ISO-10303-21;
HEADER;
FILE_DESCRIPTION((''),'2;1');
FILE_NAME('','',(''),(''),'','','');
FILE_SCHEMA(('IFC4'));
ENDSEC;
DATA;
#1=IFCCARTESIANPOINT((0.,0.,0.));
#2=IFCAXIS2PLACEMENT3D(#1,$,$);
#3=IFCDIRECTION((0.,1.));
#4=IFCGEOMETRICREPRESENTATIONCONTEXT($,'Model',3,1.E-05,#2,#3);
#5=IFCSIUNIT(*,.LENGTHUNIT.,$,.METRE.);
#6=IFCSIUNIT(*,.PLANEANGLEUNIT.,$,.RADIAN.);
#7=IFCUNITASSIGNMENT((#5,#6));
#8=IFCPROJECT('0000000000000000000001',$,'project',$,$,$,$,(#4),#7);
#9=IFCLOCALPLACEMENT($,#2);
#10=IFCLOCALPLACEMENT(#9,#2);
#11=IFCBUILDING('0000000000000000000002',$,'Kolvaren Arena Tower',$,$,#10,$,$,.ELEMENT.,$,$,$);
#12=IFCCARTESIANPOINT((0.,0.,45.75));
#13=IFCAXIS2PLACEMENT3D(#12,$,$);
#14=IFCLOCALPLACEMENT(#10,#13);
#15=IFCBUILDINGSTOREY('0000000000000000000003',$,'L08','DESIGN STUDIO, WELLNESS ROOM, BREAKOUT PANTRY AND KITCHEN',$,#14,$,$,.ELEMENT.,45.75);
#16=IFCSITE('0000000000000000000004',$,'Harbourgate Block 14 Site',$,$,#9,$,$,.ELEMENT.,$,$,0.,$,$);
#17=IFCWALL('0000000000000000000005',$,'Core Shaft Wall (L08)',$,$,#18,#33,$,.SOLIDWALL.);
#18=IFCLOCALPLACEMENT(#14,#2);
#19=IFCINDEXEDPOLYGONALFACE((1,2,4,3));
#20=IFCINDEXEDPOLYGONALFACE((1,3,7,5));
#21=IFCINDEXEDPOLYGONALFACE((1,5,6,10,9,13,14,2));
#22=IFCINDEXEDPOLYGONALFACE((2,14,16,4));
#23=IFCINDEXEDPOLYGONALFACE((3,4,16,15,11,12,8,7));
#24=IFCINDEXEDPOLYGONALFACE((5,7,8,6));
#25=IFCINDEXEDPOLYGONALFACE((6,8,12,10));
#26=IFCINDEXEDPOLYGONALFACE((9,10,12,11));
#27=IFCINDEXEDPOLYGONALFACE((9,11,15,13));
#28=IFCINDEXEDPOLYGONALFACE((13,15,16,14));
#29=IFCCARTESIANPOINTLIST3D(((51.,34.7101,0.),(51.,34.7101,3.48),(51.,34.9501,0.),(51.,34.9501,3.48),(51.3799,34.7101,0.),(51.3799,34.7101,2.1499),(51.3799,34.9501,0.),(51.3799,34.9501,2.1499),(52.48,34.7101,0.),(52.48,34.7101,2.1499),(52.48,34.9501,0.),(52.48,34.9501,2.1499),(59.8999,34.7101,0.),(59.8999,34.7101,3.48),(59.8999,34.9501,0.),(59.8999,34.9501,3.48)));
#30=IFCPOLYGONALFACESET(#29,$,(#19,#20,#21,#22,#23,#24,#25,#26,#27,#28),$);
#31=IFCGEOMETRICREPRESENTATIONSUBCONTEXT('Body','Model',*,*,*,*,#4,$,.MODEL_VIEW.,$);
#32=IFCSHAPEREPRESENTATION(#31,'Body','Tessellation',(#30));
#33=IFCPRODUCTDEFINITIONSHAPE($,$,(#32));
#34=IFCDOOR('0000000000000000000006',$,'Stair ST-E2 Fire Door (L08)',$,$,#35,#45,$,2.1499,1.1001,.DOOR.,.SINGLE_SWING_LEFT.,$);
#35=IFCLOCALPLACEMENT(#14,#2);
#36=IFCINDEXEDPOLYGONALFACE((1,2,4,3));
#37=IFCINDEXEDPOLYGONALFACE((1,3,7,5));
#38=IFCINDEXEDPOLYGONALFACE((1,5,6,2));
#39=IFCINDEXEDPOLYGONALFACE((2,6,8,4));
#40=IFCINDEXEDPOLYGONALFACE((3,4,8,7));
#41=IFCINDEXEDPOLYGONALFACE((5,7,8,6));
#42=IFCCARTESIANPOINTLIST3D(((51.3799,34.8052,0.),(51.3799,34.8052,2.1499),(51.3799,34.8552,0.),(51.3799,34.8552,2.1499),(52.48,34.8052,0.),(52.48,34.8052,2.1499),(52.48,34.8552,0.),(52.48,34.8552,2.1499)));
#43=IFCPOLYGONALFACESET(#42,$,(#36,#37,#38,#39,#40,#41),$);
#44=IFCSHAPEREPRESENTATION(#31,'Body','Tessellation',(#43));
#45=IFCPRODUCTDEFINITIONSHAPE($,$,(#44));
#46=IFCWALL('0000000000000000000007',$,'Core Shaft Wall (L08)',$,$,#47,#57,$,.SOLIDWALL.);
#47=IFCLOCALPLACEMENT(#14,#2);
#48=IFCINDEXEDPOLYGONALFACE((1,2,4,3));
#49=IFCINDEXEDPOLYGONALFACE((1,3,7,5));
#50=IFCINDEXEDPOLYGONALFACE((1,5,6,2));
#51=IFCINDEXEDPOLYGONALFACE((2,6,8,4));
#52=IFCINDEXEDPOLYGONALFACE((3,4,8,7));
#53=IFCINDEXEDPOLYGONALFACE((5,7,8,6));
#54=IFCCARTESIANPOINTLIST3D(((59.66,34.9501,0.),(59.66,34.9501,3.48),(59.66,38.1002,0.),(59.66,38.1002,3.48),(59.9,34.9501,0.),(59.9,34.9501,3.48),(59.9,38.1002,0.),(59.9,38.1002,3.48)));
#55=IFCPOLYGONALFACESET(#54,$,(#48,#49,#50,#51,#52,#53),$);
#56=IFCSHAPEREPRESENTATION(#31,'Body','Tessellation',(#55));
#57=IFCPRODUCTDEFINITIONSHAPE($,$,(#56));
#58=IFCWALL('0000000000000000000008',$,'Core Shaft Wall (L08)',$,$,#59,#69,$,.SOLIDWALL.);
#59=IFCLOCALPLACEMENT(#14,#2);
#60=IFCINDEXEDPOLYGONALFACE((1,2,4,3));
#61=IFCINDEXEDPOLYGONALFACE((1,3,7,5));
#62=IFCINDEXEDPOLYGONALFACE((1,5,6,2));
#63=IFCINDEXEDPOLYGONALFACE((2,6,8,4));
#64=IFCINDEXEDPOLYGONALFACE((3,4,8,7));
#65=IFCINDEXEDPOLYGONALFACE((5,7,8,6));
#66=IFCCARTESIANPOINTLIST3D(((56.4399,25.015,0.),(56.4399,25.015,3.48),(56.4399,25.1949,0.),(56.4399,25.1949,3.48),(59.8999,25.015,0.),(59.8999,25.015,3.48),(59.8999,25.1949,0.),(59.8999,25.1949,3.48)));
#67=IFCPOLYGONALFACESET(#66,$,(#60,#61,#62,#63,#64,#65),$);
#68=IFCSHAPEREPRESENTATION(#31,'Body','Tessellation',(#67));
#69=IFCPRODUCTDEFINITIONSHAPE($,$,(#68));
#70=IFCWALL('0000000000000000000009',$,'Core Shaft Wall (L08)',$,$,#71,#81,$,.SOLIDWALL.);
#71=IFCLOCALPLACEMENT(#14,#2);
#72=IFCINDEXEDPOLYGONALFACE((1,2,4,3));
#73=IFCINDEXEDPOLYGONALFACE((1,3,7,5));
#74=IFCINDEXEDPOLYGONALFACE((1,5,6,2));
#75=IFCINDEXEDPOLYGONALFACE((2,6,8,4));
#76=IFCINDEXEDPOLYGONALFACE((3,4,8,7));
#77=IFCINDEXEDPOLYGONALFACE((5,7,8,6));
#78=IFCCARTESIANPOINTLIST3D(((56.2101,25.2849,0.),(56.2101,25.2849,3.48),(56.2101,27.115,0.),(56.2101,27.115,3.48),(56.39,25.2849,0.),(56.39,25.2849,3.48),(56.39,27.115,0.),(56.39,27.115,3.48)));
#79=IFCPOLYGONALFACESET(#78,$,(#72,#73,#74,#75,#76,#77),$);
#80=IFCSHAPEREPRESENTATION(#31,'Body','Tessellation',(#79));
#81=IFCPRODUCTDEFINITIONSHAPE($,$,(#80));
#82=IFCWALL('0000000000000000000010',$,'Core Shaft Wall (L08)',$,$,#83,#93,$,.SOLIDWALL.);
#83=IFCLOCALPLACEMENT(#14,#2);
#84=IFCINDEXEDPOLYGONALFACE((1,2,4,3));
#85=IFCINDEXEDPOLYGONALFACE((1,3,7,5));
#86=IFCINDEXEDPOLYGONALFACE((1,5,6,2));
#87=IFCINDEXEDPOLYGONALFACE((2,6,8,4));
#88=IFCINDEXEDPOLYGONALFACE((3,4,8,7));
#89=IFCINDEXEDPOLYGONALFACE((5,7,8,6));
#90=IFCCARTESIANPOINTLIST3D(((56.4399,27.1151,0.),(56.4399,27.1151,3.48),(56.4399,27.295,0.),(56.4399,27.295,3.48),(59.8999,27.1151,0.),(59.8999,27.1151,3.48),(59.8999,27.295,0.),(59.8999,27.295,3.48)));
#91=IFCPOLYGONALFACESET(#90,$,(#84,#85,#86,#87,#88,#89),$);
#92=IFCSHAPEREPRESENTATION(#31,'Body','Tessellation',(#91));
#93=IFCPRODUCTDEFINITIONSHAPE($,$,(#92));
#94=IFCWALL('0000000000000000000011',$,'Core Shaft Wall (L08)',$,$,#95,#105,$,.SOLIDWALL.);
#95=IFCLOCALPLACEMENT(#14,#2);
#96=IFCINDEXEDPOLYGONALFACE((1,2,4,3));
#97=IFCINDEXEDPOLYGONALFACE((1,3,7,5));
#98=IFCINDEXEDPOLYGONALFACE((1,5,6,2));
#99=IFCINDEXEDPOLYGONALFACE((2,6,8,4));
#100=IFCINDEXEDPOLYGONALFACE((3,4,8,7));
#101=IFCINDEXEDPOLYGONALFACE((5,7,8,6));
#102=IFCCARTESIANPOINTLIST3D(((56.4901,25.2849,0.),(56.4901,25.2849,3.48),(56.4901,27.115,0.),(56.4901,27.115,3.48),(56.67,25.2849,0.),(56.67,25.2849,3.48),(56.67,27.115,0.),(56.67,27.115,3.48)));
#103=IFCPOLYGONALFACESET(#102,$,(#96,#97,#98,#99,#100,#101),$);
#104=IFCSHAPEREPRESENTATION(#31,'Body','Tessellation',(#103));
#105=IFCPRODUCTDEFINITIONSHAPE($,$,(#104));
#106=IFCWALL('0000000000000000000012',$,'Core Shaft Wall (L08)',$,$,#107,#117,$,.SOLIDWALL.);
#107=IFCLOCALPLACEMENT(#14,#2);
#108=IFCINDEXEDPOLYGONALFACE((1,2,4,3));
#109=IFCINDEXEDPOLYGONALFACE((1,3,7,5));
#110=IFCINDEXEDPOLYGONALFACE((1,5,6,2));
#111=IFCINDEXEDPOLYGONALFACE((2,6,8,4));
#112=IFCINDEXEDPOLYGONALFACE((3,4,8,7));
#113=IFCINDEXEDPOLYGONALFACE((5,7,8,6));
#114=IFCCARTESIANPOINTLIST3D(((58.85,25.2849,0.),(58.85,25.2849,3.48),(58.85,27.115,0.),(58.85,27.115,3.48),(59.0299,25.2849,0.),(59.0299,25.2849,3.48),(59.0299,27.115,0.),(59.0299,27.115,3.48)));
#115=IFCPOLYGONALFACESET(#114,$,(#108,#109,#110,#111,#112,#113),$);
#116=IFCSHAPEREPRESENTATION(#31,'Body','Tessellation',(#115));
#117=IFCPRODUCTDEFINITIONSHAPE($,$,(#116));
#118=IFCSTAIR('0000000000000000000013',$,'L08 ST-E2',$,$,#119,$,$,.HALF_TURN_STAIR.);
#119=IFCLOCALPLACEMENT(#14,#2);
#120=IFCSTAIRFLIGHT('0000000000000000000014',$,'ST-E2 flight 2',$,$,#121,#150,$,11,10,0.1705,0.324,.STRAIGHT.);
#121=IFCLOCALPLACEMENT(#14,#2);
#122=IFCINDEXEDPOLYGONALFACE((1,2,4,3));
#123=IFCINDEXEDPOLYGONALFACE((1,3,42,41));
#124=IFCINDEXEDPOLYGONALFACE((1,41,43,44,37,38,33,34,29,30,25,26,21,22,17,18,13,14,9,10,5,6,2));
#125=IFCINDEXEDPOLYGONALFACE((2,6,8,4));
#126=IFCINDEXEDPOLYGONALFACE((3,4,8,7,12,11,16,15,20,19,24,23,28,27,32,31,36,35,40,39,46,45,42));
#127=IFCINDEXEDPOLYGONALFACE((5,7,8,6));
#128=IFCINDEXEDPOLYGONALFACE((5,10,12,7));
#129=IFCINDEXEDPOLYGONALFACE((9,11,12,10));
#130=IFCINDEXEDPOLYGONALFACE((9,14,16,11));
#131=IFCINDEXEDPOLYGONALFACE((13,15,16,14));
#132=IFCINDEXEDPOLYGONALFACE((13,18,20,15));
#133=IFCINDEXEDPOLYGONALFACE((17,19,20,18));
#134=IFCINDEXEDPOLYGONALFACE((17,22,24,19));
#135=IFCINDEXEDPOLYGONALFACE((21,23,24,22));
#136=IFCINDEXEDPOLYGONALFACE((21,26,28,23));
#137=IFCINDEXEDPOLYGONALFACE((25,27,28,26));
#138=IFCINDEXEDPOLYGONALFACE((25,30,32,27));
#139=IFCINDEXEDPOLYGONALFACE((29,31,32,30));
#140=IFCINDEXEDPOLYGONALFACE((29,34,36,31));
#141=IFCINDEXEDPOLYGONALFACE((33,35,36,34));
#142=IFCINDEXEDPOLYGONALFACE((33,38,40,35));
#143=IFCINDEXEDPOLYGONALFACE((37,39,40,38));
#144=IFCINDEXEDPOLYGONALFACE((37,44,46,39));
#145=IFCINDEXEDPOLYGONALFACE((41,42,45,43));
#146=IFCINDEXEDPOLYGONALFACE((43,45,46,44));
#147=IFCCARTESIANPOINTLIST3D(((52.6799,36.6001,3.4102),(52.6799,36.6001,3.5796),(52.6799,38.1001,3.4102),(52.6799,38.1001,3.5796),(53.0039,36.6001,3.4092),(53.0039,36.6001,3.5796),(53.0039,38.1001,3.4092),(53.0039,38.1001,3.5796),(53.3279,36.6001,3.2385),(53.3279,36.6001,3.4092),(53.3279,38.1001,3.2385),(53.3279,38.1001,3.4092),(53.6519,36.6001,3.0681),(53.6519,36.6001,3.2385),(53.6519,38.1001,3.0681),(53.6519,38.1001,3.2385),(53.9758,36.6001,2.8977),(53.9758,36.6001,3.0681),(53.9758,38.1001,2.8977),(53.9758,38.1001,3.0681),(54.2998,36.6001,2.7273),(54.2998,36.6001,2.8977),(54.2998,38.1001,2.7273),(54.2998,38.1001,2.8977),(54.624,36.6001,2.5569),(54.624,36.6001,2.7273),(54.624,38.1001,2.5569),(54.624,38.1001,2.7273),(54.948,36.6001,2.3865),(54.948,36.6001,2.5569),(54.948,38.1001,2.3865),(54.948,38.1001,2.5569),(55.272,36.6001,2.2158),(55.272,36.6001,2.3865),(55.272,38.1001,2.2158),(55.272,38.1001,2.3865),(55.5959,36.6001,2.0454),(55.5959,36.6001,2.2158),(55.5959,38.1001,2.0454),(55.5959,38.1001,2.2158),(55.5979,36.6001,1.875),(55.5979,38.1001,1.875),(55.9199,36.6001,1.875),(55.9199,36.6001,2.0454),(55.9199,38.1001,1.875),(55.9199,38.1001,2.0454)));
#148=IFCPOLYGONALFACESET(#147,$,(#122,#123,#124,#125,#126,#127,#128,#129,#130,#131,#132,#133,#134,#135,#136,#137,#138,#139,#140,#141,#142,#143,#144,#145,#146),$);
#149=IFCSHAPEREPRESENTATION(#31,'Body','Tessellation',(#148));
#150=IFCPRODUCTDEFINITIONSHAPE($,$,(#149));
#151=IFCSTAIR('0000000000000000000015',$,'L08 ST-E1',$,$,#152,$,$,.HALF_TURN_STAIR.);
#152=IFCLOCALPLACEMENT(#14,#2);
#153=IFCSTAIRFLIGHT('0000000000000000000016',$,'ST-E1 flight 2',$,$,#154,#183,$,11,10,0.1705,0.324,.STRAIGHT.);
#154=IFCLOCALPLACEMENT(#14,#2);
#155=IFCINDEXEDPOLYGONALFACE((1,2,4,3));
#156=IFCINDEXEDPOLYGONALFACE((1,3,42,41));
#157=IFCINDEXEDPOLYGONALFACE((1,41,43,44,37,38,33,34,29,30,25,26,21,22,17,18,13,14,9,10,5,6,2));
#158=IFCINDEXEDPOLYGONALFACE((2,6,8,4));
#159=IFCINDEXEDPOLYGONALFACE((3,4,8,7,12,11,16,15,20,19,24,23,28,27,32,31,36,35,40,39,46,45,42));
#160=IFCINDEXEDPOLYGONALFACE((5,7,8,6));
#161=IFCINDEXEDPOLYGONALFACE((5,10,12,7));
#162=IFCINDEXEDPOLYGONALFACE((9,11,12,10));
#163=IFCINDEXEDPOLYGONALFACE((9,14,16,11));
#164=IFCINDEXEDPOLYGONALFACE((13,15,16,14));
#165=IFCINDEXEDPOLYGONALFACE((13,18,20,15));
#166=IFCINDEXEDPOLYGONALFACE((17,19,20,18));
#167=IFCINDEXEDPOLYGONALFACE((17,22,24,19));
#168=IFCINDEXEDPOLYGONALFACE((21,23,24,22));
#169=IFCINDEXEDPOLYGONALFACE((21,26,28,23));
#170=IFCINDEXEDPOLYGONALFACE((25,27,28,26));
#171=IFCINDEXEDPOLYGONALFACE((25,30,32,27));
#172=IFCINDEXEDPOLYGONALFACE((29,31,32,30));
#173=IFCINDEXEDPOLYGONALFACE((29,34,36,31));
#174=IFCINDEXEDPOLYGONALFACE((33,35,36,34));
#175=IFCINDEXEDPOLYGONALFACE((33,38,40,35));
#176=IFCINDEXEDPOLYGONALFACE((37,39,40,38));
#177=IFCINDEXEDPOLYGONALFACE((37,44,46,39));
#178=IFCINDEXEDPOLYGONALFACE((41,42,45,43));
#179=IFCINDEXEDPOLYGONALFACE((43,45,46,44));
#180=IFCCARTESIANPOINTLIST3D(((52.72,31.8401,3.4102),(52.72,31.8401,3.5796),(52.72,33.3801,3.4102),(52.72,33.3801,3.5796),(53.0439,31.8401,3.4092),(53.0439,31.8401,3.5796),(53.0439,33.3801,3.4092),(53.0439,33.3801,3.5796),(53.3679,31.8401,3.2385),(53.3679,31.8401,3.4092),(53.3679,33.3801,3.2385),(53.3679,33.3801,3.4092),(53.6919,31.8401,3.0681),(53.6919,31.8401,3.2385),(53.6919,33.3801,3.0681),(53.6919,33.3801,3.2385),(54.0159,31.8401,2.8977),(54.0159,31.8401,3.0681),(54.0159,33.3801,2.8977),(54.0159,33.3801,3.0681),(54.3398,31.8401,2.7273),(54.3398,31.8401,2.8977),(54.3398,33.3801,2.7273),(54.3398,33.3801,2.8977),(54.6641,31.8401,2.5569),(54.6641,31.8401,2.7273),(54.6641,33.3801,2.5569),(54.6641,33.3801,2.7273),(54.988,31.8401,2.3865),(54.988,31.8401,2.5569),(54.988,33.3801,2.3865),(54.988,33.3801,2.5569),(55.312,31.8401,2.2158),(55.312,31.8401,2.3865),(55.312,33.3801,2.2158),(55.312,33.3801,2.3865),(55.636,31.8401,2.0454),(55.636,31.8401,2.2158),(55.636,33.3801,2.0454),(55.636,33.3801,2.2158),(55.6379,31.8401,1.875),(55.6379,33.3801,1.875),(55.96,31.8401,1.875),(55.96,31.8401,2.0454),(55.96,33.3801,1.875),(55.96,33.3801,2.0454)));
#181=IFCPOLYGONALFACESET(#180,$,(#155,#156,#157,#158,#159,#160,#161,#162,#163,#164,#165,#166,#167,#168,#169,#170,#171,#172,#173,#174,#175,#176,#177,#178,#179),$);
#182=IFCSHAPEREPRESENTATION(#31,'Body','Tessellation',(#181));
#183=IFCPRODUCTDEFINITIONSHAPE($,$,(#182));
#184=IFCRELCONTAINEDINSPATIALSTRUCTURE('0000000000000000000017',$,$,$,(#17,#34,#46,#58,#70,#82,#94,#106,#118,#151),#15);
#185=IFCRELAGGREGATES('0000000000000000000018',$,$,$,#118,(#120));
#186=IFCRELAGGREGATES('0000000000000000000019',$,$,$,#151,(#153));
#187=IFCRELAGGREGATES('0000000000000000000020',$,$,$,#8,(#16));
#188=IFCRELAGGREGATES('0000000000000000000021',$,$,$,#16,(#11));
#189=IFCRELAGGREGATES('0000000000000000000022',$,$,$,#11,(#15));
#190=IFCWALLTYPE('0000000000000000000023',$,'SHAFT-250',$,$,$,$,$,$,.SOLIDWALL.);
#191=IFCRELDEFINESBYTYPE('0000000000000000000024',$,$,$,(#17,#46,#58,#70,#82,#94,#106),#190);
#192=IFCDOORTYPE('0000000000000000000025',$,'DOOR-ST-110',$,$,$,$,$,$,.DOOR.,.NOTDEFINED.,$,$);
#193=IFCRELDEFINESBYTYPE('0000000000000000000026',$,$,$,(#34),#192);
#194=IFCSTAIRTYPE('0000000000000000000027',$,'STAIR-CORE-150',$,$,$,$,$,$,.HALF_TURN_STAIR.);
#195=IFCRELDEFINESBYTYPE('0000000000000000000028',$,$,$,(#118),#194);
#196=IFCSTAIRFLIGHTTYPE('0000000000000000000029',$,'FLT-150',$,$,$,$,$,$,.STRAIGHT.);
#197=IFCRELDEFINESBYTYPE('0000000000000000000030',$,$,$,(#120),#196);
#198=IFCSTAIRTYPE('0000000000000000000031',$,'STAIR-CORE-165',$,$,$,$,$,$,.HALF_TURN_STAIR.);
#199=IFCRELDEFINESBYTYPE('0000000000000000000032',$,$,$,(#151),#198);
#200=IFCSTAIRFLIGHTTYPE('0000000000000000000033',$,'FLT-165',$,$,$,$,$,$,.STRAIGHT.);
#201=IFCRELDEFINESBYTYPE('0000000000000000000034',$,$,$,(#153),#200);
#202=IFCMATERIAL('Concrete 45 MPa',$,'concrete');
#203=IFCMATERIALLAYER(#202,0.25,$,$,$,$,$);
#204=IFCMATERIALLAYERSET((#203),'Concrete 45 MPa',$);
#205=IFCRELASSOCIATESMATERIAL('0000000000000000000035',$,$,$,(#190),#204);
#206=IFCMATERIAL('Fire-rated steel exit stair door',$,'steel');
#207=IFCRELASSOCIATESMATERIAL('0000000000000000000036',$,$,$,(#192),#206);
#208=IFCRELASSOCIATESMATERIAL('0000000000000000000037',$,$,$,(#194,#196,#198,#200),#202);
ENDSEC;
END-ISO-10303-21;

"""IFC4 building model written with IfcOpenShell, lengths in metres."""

from ifc_helpers import new_model, si_unit, direction, frame, frame_2d, origin, place, context, subcontext, project, spatial, polyline, rectangle, outline, extrude, material, layer, layer_set, type_object, element, fill, aggregate, save


model = new_model("IFC4")

# Units and contexts
model_context = context("Model", 3, precision=1e-05, world=origin(), true_north=direction((0.0, 1.0)))
body_context = subcontext(model_context, "Body", "Model", "MODEL_VIEW")
ifc_project = project(units=[si_unit("LENGTHUNIT", "METRE"), si_unit("PLANEANGLEUNIT", "RADIAN")], contexts=[model_context])

# Site, building, storey
site_placement = place(None, origin())
site = spatial("IfcSite", under=ifc_project, at=site_placement, Name="Harbourgate Block 14 Site", CompositionType="ELEMENT", RefElevation=0.0)
building_placement = place(site_placement, origin())
building = spatial("IfcBuilding", under=site, at=building_placement, Name="Kolvaren Arena Tower", CompositionType="ELEMENT")
storey_placement = place(building_placement, frame((0.0, 0.0, 45.75)))
storey = spatial("IfcBuildingStorey", under=building, at=storey_placement, Name="L08", Description="DESIGN STUDIO, WELLNESS ROOM, BREAKOUT PANTRY AND KITCHEN", CompositionType="ELEMENT", Elevation=45.75)

# Shared definitions
ifc_material_1 = material(Name="Concrete 45 MPa", Category="concrete")
ifc_layer = layer(ifc_material_1, 0.25)
ifc_layer_set = layer_set([ifc_layer], Name="Concrete 45 MPa")
wall_type = type_object("IfcWallType", Name="SHAFT-250", PredefinedType="SOLIDWALL", material=ifc_layer_set)
ifc_material_2 = material(Name="Fire-rated steel exit stair door", Category="steel")
door_type = type_object("IfcDoorType", Name="DOOR-ST-110", OperationType="NOTDEFINED", PredefinedType="DOOR", material=ifc_material_2)

# Wall, opening, door
wall_1_placement = place(storey_placement, frame((59.8999, 34.8301, 0.0), z_axis=(0.0, 0.0, 1.0), x_axis=(-1.0, 0.0, 0.0)))
wall_1 = element("IfcWall", 1, at=wall_1_placement, inside=storey, type_object=wall_type, Name="Core Shaft Wall (L08)", PredefinedType="SOLIDWALL", context=body_context, shape_type="SweptSolid", body=[
    extrude(rectangle(XDim=8.8999, YDim=0.24, at=frame_2d((4.45, 0.0))), origin(), (0.0, 0.0, 1.0), 3.48),
])
opening_1_placement = place(wall_1_placement, frame((7.4199, 0.0, 0.0)))
opening_1 = element("IfcOpeningElement", 2, at=opening_1_placement, cuts=wall_1, PredefinedType="OPENING", context=body_context, shape_type="SweptSolid", body=[
    extrude(rectangle(XDim=1.1001, YDim=2.1499, at=frame_2d((0.55, 1.075))), frame((0.0, 0.1299, 0.0), z_axis=(0.0, -1.0, 0.0), x_axis=(1.0, 0.0, 0.0)), (0.0, 0.0, 1.0), 0.26),
])
door_1_placement = place(opening_1_placement, origin())
door_1 = element("IfcDoor", 3, at=door_1_placement, inside=storey, type_object=door_type, Name="Stair ST-E2 Fire Door (L08)", OperationType="SINGLE_SWING_LEFT", OverallHeight=2.1499, OverallWidth=1.1001, PredefinedType="DOOR", context=body_context, shape_type="SweptSolid", body=[
    extrude(rectangle(XDim=1.1001, YDim=2.1499, at=frame_2d((0.55, 1.075))), frame((0.0, 0.0249, 0.0), z_axis=(0.0, -1.0, 0.0), x_axis=(1.0, 0.0, 0.0)), (0.0, 0.0, 1.0), 0.05),
])
fill(opening_1, door_1)

# Walls
wall_2_placement = place(storey_placement, frame((59.78, 34.95, 0.0), z_axis=(0.0, 0.0, 1.0), x_axis=(0.0, 1.0, 0.0)))
element("IfcWall", 4, at=wall_2_placement, inside=storey, type_object=wall_type, Name="Core Shaft Wall (L08)", PredefinedType="SOLIDWALL", context=body_context, shape_type="SweptSolid", body=[
    extrude(rectangle(XDim=3.1501, YDim=0.24, at=frame_2d((1.5752, 0.0))), origin(), (0.0, 0.0, 1.0), 3.48),
])
wall_3_placement = place(storey_placement, frame((56.4399, 25.105, 0.0), z_axis=(0.0, 0.0, 1.0), x_axis=(1.0, 0.0, 0.0)))
element("IfcWall", 5, at=wall_3_placement, inside=storey, type_object=wall_type, Name="Core Shaft Wall (L08)", PredefinedType="SOLIDWALL", context=body_context, shape_type="SweptSolid", body=[
    extrude(rectangle(XDim=3.46, YDim=0.1799, at=frame_2d((1.73, 0.0))), origin(), (0.0, 0.0, 1.0), 3.48),
])
wall_4_placement = place(storey_placement, frame((56.3, 25.2849, 0.0), z_axis=(0.0, 0.0, 1.0), x_axis=(0.0, 1.0, 0.0)))
element("IfcWall", 6, at=wall_4_placement, inside=storey, type_object=wall_type, Name="Core Shaft Wall (L08)", PredefinedType="SOLIDWALL", context=body_context, shape_type="SweptSolid", body=[
    extrude(rectangle(XDim=1.8301, YDim=0.1799, at=frame_2d((0.915, 0.0))), origin(), (0.0, 0.0, 1.0), 3.48),
])
wall_5_placement = place(storey_placement, frame((56.4399, 27.2051, 0.0), z_axis=(0.0, 0.0, 1.0), x_axis=(1.0, 0.0, 0.0)))
element("IfcWall", 7, at=wall_5_placement, inside=storey, type_object=wall_type, Name="Core Shaft Wall (L08)", PredefinedType="SOLIDWALL", context=body_context, shape_type="SweptSolid", body=[
    extrude(rectangle(XDim=3.46, YDim=0.1799, at=frame_2d((1.73, 0.0))), origin(), (0.0, 0.0, 1.0), 3.48),
])
for number, where, z_axis, x_axis, name in (
    (8, (56.5801, 25.2849, 0.0), (0.0, 0.0, 1.0), (0.0, 1.0, 0.0), "Core Shaft Wall (L08)"),
    (9, (58.9399, 25.2849, 0.0), (0.0, 0.0, 1.0), (0.0, 1.0, 0.0), "Core Shaft Wall (L08)"),
):
    element("IfcWall", number, at=place(storey_placement, frame(where, z_axis=z_axis, x_axis=x_axis)), inside=storey, type_object=wall_type, Name=name, PredefinedType="SOLIDWALL", context=body_context, shape_type="SweptSolid", body=[
        extrude(rectangle(XDim=1.8301, YDim=0.1799, at=frame_2d((0.915, 0.0))), origin(), (0.0, 0.0, 1.0), 3.48),
    ])

# Stairs, stair flights
stair_type_1 = type_object("IfcStairType", Name="STAIR-CORE-150", PredefinedType="HALF_TURN_STAIR", material=ifc_material_1)
stair_1_placement = place(storey_placement, origin())
stair_1 = element("IfcStair", 10, at=stair_1_placement, inside=storey, type_object=stair_type_1, Name="L08 ST-E2", PredefinedType="HALF_TURN_STAIR")
stair_flight_type_1 = type_object("IfcStairFlightType", Name="FLT-150", PredefinedType="STRAIGHT", material=ifc_material_1)
stair_flight_1_placement = place(storey_placement, frame((55.9199, 37.3501, 1.875), z_axis=(0.0, 0.0, 1.0), x_axis=(-1.0, 0.0, 0.0)))
stair_flight_1 = element("IfcStairFlight", 11, at=stair_flight_1_placement, type_object=stair_flight_type_1, Name="ST-E2 flight 2", NumberOfRisers=11, NumberOfTreads=10, PredefinedType="STRAIGHT", RiserHeight=0.1705, TreadLength=0.324, context=body_context, shape_type="SweptSolid", body=[
    extrude(outline(polyline([(0.0, 0.0), (0.0, 0.1704), (0.324, 0.1704), (0.324, 0.3408), (0.6479, 0.3408), (0.6479, 0.5115), (0.9719, 0.5115), (0.9719, 0.6819), (1.2959, 0.6819), (1.2959, 0.8523), (1.6201, 0.8523), (1.6201, 1.0227), (1.9441, 1.0227), (1.9441, 1.1931), (2.2681, 1.1931), (2.2681, 1.3635), (2.592, 1.3635), (2.592, 1.5342), (2.916, 1.5342), (2.916, 1.7046), (3.24, 1.7046), (3.24, 1.875), (3.24, 1.5352), (0.322, 0.0), (0.0, 0.0)])), frame((0.0, 0.75, 0.0), z_axis=(0.0, -1.0, 0.0), x_axis=(1.0, 0.0, 0.0)), (0.0, 0.0, 1.0), 1.5),
])
aggregate(stair_1, [stair_flight_1])
stair_type_2 = type_object("IfcStairType", Name="STAIR-CORE-165", PredefinedType="HALF_TURN_STAIR", material=ifc_material_1)
stair_2_placement = place(storey_placement, origin())
stair_2 = element("IfcStair", 12, at=stair_2_placement, inside=storey, type_object=stair_type_2, Name="L08 ST-E1", PredefinedType="HALF_TURN_STAIR")
stair_flight_type_2 = type_object("IfcStairFlightType", Name="FLT-165", PredefinedType="STRAIGHT", material=ifc_material_1)
stair_flight_2_placement = place(storey_placement, frame((55.96, 32.6101, 1.875), z_axis=(0.0, 0.0, 1.0), x_axis=(-1.0, 0.0, 0.0)))
stair_flight_2 = element("IfcStairFlight", 13, at=stair_flight_2_placement, type_object=stair_flight_type_2, Name="ST-E1 flight 2", NumberOfRisers=11, NumberOfTreads=10, PredefinedType="STRAIGHT", RiserHeight=0.1705, TreadLength=0.324, context=body_context, shape_type="SweptSolid", body=[
    extrude(outline(polyline([(0.0, 0.0), (0.0, 0.1704), (0.324, 0.1704), (0.324, 0.3408), (0.6479, 0.3408), (0.6479, 0.5115), (0.9719, 0.5115), (0.9719, 0.6819), (1.2959, 0.6819), (1.2959, 0.8523), (1.6201, 0.8523), (1.6201, 1.0227), (1.9441, 1.0227), (1.9441, 1.1931), (2.2681, 1.1931), (2.2681, 1.3635), (2.592, 1.3635), (2.592, 1.5342), (2.916, 1.5342), (2.916, 1.7046), (3.24, 1.7046), (3.24, 1.875), (3.24, 1.5352), (0.322, 0.0), (0.0, 0.0)])), frame((0.0, 0.77, 0.0), z_axis=(0.0, -1.0, 0.0), x_axis=(1.0, 0.0, 0.0)), (0.0, 0.0, 1.0), 1.54),
])
aggregate(stair_2, [stair_flight_2])

save(model, "model.ifc")
